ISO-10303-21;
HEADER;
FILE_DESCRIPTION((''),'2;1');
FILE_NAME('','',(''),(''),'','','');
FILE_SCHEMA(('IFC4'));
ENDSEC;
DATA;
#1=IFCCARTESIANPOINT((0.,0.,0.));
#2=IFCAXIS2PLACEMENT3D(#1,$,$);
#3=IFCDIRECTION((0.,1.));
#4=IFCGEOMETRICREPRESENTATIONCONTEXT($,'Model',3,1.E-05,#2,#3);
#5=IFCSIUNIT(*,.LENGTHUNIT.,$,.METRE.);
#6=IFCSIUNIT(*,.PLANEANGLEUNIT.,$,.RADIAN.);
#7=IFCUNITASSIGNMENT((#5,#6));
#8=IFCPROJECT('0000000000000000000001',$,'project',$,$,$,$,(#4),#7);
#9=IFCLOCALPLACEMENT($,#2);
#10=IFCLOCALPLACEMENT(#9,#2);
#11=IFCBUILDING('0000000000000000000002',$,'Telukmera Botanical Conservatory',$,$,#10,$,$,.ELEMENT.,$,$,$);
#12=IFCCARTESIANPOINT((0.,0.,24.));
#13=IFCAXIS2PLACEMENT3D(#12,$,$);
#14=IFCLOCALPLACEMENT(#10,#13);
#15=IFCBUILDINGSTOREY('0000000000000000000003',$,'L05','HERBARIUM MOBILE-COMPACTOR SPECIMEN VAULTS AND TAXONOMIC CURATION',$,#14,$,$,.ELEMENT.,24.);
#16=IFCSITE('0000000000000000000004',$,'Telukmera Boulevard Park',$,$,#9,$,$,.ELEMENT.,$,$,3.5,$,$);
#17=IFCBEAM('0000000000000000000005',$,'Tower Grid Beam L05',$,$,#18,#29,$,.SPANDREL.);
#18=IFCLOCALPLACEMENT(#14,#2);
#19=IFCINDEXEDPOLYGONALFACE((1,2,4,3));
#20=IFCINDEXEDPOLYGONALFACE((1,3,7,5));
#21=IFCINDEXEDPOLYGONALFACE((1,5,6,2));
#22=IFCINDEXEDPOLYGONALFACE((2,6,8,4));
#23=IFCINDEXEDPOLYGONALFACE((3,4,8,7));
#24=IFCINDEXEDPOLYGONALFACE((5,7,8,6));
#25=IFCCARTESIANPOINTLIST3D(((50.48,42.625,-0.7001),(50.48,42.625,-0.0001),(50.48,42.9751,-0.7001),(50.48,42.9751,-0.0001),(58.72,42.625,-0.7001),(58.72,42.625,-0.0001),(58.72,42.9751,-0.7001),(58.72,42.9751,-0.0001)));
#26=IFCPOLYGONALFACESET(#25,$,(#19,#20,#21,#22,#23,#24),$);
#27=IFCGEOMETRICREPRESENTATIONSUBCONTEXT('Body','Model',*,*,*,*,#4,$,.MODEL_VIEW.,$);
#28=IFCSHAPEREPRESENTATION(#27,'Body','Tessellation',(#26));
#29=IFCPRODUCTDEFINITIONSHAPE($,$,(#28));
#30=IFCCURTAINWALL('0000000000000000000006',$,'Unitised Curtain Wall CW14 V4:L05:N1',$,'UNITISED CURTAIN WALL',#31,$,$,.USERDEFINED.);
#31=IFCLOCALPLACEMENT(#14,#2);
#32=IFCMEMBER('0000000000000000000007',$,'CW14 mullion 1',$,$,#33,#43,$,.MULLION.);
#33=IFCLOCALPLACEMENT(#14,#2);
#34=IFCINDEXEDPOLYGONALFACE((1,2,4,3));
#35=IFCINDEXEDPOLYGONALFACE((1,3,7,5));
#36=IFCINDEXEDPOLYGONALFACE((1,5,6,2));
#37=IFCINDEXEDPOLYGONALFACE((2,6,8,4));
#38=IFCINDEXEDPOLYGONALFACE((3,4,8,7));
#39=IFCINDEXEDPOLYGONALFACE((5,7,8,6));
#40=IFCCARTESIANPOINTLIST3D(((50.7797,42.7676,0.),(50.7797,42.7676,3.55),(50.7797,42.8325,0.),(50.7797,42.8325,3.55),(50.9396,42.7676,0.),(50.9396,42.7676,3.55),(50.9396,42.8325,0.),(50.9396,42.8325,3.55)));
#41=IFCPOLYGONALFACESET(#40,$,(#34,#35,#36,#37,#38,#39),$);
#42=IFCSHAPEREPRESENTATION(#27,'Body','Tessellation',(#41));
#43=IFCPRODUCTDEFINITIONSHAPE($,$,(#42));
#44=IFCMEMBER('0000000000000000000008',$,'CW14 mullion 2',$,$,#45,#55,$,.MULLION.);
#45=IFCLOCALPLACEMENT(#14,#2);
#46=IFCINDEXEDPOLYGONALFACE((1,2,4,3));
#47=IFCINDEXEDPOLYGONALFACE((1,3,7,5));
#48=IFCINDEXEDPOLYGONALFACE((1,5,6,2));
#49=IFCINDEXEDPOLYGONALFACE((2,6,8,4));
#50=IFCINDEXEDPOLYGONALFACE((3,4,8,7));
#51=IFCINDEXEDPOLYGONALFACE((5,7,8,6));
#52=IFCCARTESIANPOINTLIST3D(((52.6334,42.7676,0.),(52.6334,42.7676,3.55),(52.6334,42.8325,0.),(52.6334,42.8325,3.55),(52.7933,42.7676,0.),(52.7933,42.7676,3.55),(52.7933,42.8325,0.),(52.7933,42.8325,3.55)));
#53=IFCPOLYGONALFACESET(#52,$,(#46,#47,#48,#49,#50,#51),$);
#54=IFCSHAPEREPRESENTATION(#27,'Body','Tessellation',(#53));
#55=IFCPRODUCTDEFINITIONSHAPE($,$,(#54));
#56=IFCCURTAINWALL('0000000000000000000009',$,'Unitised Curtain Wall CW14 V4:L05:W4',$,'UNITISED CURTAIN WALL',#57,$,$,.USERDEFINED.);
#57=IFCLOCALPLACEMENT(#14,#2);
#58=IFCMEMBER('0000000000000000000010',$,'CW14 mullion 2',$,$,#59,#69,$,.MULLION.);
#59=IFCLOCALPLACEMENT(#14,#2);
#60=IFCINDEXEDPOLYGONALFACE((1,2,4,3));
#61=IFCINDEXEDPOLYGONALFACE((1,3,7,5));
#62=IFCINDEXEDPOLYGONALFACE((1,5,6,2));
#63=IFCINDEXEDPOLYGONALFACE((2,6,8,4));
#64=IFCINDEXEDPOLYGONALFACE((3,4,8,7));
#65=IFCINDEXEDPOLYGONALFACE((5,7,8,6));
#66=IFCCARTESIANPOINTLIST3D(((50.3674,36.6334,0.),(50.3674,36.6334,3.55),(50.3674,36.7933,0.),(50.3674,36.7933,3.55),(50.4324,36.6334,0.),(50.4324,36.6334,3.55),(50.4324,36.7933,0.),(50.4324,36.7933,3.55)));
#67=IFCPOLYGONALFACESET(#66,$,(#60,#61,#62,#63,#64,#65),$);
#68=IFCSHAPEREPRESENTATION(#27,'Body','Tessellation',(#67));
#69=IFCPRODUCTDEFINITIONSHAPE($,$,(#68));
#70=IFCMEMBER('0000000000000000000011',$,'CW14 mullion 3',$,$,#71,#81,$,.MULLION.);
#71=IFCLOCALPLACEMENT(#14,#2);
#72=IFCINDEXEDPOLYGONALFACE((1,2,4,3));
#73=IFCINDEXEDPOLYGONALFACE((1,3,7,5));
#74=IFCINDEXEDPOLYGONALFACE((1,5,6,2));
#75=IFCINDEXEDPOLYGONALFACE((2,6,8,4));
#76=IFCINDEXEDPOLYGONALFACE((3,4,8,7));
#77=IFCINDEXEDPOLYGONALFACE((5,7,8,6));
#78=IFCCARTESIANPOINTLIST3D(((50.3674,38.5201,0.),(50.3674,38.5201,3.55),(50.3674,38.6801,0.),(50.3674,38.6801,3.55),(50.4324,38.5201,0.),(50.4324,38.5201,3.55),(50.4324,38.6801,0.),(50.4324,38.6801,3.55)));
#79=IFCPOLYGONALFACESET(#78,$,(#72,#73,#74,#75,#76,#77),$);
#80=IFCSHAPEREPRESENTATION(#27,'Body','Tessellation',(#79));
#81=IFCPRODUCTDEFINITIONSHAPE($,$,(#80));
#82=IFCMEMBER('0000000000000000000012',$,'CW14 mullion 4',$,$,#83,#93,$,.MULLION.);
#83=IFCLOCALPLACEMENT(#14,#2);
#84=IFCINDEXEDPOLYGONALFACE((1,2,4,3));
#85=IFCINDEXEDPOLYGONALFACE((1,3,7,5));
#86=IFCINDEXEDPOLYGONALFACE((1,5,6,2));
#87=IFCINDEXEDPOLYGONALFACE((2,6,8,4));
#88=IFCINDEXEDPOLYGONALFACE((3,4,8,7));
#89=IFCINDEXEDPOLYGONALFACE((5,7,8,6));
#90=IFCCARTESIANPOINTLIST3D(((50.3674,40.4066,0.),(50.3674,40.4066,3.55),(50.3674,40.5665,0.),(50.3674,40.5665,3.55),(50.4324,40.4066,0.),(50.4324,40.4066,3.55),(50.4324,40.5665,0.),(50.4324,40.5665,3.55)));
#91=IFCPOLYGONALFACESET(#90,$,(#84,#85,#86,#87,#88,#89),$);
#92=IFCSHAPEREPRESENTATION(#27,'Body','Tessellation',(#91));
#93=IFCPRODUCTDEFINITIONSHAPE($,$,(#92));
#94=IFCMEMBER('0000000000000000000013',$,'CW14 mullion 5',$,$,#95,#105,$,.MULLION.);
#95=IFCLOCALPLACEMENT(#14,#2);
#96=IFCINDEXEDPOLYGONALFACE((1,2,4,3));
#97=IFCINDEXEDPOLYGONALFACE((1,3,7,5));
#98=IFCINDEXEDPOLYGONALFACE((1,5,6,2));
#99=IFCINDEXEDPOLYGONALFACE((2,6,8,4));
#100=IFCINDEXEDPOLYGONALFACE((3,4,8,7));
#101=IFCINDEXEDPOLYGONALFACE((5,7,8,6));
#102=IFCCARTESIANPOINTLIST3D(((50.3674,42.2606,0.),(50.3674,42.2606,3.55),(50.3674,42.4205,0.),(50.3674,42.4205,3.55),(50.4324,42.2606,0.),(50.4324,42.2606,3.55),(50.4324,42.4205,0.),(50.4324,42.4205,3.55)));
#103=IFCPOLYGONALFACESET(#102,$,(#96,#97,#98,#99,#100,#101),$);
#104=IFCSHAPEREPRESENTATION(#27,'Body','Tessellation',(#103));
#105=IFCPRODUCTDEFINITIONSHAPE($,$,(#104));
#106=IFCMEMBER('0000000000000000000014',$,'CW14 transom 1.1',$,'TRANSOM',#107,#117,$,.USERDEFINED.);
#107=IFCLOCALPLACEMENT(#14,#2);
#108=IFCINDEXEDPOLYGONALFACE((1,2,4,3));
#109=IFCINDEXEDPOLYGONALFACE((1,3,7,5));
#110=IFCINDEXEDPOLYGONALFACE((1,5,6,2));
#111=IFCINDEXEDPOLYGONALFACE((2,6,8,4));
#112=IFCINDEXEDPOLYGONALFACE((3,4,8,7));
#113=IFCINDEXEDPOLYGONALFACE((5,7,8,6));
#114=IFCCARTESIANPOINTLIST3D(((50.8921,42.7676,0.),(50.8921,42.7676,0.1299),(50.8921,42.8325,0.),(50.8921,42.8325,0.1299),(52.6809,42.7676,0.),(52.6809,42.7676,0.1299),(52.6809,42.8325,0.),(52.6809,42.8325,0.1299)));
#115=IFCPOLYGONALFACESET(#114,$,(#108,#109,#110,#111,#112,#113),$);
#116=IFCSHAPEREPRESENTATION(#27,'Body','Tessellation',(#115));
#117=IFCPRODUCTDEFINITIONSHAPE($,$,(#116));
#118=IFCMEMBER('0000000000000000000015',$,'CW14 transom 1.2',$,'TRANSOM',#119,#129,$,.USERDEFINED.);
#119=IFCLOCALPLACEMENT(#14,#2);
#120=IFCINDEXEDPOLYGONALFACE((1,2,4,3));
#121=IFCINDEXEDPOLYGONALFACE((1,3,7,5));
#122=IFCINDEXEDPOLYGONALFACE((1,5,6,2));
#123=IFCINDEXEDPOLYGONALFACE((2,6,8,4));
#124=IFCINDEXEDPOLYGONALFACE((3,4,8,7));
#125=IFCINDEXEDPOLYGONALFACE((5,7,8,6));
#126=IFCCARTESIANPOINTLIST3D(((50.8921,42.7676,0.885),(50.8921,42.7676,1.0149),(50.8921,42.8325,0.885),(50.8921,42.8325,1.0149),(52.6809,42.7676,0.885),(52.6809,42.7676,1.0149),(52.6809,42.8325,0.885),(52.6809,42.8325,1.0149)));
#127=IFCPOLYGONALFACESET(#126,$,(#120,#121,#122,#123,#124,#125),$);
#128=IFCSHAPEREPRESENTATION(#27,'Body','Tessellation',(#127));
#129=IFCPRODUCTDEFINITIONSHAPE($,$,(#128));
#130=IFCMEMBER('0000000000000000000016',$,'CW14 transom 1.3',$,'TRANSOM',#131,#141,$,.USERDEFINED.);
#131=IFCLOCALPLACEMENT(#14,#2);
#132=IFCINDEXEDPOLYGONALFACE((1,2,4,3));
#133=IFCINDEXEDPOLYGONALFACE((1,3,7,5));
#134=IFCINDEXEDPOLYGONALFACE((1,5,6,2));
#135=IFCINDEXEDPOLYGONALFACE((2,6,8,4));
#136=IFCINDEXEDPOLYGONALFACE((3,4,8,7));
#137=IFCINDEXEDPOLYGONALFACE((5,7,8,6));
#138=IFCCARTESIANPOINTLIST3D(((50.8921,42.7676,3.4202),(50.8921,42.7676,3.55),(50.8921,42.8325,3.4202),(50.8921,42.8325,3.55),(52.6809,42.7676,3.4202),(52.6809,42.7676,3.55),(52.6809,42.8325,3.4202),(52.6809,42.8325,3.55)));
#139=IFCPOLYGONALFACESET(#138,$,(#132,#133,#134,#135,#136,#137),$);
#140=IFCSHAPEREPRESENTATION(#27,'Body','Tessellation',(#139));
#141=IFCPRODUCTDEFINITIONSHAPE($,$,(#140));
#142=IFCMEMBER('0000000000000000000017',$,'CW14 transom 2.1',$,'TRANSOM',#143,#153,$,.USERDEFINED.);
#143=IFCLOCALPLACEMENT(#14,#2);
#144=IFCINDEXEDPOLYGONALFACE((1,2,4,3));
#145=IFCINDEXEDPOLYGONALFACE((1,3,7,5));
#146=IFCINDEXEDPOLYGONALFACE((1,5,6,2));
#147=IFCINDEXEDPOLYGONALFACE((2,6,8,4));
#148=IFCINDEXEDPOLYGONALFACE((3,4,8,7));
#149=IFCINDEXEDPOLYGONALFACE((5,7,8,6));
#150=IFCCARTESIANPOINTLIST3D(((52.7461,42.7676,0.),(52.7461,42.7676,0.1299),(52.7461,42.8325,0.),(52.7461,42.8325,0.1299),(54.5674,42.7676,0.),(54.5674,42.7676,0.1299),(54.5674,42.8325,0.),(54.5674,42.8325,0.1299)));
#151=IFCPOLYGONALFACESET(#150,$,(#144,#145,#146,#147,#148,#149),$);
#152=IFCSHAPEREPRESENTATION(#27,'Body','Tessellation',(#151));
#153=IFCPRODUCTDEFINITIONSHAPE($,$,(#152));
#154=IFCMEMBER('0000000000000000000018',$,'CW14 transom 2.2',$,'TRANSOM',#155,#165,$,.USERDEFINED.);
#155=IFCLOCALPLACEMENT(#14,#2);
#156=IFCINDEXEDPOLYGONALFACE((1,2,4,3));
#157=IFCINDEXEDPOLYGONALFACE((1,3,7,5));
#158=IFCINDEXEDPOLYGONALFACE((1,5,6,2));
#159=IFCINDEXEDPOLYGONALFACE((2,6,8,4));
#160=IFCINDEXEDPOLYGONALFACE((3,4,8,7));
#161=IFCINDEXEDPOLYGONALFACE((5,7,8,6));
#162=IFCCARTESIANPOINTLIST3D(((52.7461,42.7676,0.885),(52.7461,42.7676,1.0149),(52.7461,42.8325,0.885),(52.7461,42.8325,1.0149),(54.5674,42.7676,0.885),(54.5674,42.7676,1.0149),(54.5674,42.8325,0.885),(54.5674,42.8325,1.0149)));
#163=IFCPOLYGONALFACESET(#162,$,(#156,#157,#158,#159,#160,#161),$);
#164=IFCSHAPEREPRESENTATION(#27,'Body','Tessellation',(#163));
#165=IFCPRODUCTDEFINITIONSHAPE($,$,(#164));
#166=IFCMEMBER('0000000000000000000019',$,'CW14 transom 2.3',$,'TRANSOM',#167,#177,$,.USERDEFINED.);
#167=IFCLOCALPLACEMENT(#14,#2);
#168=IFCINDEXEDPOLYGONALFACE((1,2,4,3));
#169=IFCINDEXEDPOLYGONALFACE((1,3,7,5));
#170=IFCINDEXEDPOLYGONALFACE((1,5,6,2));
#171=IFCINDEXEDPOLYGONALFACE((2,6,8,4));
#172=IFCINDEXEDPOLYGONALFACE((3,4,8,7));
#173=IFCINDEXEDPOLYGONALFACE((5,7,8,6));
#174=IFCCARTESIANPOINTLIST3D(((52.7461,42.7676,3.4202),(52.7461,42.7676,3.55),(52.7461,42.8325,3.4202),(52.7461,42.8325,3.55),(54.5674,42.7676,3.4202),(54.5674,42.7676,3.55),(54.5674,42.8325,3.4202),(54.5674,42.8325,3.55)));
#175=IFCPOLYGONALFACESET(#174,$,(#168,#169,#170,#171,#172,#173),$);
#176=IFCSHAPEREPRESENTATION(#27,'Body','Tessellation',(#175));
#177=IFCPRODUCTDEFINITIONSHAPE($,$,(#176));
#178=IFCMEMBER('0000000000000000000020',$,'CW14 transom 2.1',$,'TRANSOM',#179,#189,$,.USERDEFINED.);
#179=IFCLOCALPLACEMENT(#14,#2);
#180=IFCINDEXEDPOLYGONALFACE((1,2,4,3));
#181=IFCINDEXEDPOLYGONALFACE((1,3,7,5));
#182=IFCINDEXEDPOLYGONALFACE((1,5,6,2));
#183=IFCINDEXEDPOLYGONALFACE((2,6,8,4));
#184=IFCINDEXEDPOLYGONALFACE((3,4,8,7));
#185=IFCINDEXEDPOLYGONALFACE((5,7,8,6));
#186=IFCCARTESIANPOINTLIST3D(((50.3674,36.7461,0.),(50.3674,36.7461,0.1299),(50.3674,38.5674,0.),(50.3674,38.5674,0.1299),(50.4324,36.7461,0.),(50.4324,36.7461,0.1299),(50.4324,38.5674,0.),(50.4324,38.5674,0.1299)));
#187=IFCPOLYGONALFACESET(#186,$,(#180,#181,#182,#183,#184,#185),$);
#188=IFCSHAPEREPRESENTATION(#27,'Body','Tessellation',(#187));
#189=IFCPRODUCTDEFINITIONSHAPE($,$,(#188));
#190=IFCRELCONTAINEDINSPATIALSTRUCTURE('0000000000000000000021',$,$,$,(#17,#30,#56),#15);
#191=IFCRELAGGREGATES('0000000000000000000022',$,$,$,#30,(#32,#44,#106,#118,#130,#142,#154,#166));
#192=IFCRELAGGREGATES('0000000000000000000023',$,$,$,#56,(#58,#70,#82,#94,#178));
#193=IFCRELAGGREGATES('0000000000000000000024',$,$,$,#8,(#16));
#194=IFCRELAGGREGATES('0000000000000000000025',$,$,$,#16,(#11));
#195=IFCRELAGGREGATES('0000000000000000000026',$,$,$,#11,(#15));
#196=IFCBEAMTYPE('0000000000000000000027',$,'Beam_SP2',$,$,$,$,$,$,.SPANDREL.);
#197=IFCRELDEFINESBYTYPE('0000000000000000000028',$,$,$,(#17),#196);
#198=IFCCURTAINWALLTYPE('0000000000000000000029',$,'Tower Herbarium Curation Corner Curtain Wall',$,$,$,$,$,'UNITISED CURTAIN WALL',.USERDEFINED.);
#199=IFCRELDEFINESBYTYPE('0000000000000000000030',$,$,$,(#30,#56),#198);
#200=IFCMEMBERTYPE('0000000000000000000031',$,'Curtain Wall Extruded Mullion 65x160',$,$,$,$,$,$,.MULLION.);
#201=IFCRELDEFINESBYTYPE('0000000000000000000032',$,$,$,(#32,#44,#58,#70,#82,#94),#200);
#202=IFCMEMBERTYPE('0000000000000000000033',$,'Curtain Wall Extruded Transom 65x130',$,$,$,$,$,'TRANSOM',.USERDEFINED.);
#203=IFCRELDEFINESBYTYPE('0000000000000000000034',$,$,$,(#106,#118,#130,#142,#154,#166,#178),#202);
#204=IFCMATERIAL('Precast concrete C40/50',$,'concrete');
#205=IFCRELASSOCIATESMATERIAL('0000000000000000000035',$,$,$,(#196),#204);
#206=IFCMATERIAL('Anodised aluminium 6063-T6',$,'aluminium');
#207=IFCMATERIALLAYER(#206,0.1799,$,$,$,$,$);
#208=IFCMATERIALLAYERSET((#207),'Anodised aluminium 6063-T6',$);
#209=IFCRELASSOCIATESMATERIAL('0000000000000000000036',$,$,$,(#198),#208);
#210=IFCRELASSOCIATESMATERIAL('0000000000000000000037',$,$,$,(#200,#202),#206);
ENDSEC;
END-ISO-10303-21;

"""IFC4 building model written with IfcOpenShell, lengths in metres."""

from ifc_helpers import new_model, si_unit, direction, frame, origin, origin_2d, place, context, subcontext, project, spatial, rectangle, extrude, material, layer, layer_set, material_profile, profile_set, type_object, element, aggregate, save


model = new_model("IFC4")

# Units and contexts
model_context = context("Model", 3, precision=1e-05, world=origin(), true_north=direction((0.0, 1.0)))
body_context = subcontext(model_context, "Body", "Model", "MODEL_VIEW")
ifc_project = project(units=[si_unit("LENGTHUNIT", "METRE"), si_unit("PLANEANGLEUNIT", "RADIAN")], contexts=[model_context])

# Site, building, storey
site_placement = place(None, origin())
site = spatial("IfcSite", under=ifc_project, at=site_placement, Name="Telukmera Boulevard Park", CompositionType="ELEMENT", RefElevation=3.5)
building_placement = place(site_placement, origin())
building = spatial("IfcBuilding", under=site, at=building_placement, Name="Telukmera Botanical Conservatory", CompositionType="ELEMENT")
storey_placement = place(building_placement, frame((0.0, 0.0, 24.0)))
storey = spatial("IfcBuildingStorey", under=building, at=storey_placement, Name="L05", Description="HERBARIUM MOBILE-COMPACTOR SPECIMEN VAULTS AND TAXONOMIC CURATION", CompositionType="ELEMENT", Elevation=24.0)

# Beam
ifc_material_1 = material(Name="Precast concrete C40/50", Category="concrete")
ifc_material_profile_1 = material_profile(ifc_material_1, rectangle(XDim=0.3501, YDim=0.7, at=origin_2d()), Name="PC 350x700")
ifc_profile_set_1 = profile_set([ifc_material_profile_1], Name="Precast concrete C40/50")
beam_type = type_object("IfcBeamType", Name="Beam_SP2", PredefinedType="SPANDREL", material=ifc_profile_set_1)
beam_placement = place(storey_placement, frame((50.48, 42.8, -0.3501), z_axis=(1.0, 0.0, 0.0), x_axis=(0.0, 1.0, 0.0)))
element("IfcBeam", 1, at=beam_placement, inside=storey, type_object=beam_type, Name="Tower Grid Beam L05", PredefinedType="SPANDREL", context=body_context, shape_type="SweptSolid", body=[
    extrude(rectangle(XDim=0.3501, YDim=0.7, at=origin_2d()), origin(), (0.0, 0.0, 1.0), 8.24),
])

# Curtain walls, members
ifc_material_2 = material(Name="Anodised aluminium 6063-T6", Category="aluminium")
ifc_layer_1 = layer(ifc_material_2, 0.1799)
ifc_layer_set_1 = layer_set([ifc_layer_1], Name="Anodised aluminium 6063-T6")
curtain_wall_type = type_object("IfcCurtainWallType", Name="Tower Herbarium Curation Corner Curtain Wall", ElementType="UNITISED CURTAIN WALL", PredefinedType="USERDEFINED", material=ifc_layer_set_1)
curtain_wall_1_placement = place(storey_placement, origin())
curtain_wall_1 = element("IfcCurtainWall", 2, at=curtain_wall_1_placement, inside=storey, type_object=curtain_wall_type, Name="Unitised Curtain Wall CW14 V4:L05:N1", ObjectType="UNITISED CURTAIN WALL", PredefinedType="USERDEFINED")
ifc_material_profile_2 = material_profile(ifc_material_2, rectangle(XDim=0.0649, YDim=0.1599, at=origin_2d()), Name="ALU MULL 65x160")
ifc_profile_set_2 = profile_set([ifc_material_profile_2], Name="Anodised aluminium 6063-T6")
member_type_1 = type_object("IfcMemberType", Name="Curtain Wall Extruded Mullion 65x160", PredefinedType="MULLION", material=ifc_profile_set_2)
member_1_placement = place(storey_placement, frame((50.8596, 42.8, 0.0), z_axis=(0.0, 0.0, 1.0), x_axis=(0.0, 1.0, 0.0)))
member_1 = element("IfcMember", 3, at=member_1_placement, type_object=member_type_1, Name="CW14 mullion 1", PredefinedType="MULLION", context=body_context, shape_type="SweptSolid", body=[
    extrude(rectangle(XDim=0.0649, YDim=0.1599, at=origin_2d()), origin(), (0.0, 0.0, 1.0), 3.55),
])
member_2_placement = place(storey_placement, frame((52.7134, 42.8, 0.0), z_axis=(0.0, 0.0, 1.0), x_axis=(0.0, 1.0, 0.0)))
member_2 = element("IfcMember", 4, at=member_2_placement, type_object=member_type_1, Name="CW14 mullion 2", PredefinedType="MULLION", context=body_context, shape_type="SweptSolid", body=[
    extrude(rectangle(XDim=0.0649, YDim=0.1599, at=origin_2d()), origin(), (0.0, 0.0, 1.0), 3.55),
])
curtain_wall_2_placement = place(storey_placement, origin())
curtain_wall_2 = element("IfcCurtainWall", 5, at=curtain_wall_2_placement, inside=storey, type_object=curtain_wall_type, Name="Unitised Curtain Wall CW14 V4:L05:W4", ObjectType="UNITISED CURTAIN WALL", PredefinedType="USERDEFINED")
member_3_placement = place(storey_placement, frame((50.3999, 36.7134, 0.0), z_axis=(0.0, 0.0, 1.0), x_axis=(-1.0, 0.0, 0.0)))
member_3 = element("IfcMember", 6, at=member_3_placement, type_object=member_type_1, Name="CW14 mullion 2", PredefinedType="MULLION", context=body_context, shape_type="SweptSolid", body=[
    extrude(rectangle(XDim=0.0649, YDim=0.1599, at=origin_2d()), origin(), (0.0, 0.0, 1.0), 3.55),
])
member_4_placement = place(storey_placement, frame((50.3999, 38.6001, 0.0), z_axis=(0.0, 0.0, 1.0), x_axis=(-1.0, 0.0, 0.0)))
member_4 = element("IfcMember", 7, at=member_4_placement, type_object=member_type_1, Name="CW14 mullion 3", PredefinedType="MULLION", context=body_context, shape_type="SweptSolid", body=[
    extrude(rectangle(XDim=0.0649, YDim=0.1599, at=origin_2d()), origin(), (0.0, 0.0, 1.0), 3.55),
])
member_5_placement = place(storey_placement, frame((50.3999, 40.4866, 0.0), z_axis=(0.0, 0.0, 1.0), x_axis=(-1.0, 0.0, 0.0)))
member_5 = element("IfcMember", 8, at=member_5_placement, type_object=member_type_1, Name="CW14 mullion 4", PredefinedType="MULLION", context=body_context, shape_type="SweptSolid", body=[
    extrude(rectangle(XDim=0.0649, YDim=0.1599, at=origin_2d()), origin(), (0.0, 0.0, 1.0), 3.55),
])
member_6_placement = place(storey_placement, frame((50.3999, 42.3406, 0.0), z_axis=(0.0, 0.0, 1.0), x_axis=(-1.0, 0.0, 0.0)))
member_6 = element("IfcMember", 9, at=member_6_placement, type_object=member_type_1, Name="CW14 mullion 5", PredefinedType="MULLION", context=body_context, shape_type="SweptSolid", body=[
    extrude(rectangle(XDim=0.0649, YDim=0.1599, at=origin_2d()), origin(), (0.0, 0.0, 1.0), 3.55),
])

# Members
ifc_material_profile_3 = material_profile(ifc_material_2, rectangle(XDim=0.0649, YDim=0.1299, at=origin_2d()), Name="ALU TRAN 65x130")
ifc_profile_set_3 = profile_set([ifc_material_profile_3], Name="Anodised aluminium 6063-T6")
member_type_2 = type_object("IfcMemberType", Name="Curtain Wall Extruded Transom 65x130", ElementType="TRANSOM", PredefinedType="USERDEFINED", material=ifc_profile_set_3)
member_7_placement = place(storey_placement, frame((50.8921, 42.8, 0.0649), z_axis=(1.0, 0.0, 0.0), x_axis=(0.0, 1.0, 0.0)))
member_7 = element("IfcMember", 10, at=member_7_placement, type_object=member_type_2, Name="CW14 transom 1.1", ObjectType="TRANSOM", PredefinedType="USERDEFINED", context=body_context, shape_type="SweptSolid", body=[
    extrude(rectangle(XDim=0.0649, YDim=0.1299, at=origin_2d()), origin(), (0.0, 0.0, 1.0), 1.7888),
])
member_8_placement = place(storey_placement, frame((50.8921, 42.8, 0.95), z_axis=(1.0, 0.0, 0.0), x_axis=(0.0, 1.0, 0.0)))
member_8 = element("IfcMember", 11, at=member_8_placement, type_object=member_type_2, Name="CW14 transom 1.2", ObjectType="TRANSOM", PredefinedType="USERDEFINED", context=body_context, shape_type="SweptSolid", body=[
    extrude(rectangle(XDim=0.0649, YDim=0.1299, at=origin_2d()), origin(), (0.0, 0.0, 1.0), 1.7888),
])
member_9_placement = place(storey_placement, frame((50.8921, 42.8, 3.4851), z_axis=(1.0, 0.0, 0.0), x_axis=(0.0, 1.0, 0.0)))
member_9 = element("IfcMember", 12, at=member_9_placement, type_object=member_type_2, Name="CW14 transom 1.3", ObjectType="TRANSOM", PredefinedType="USERDEFINED", context=body_context, shape_type="SweptSolid", body=[
    extrude(rectangle(XDim=0.0649, YDim=0.1299, at=origin_2d()), origin(), (0.0, 0.0, 1.0), 1.7888),
])
member_10_placement = place(storey_placement, frame((52.7461, 42.8, 0.0649), z_axis=(1.0, 0.0, 0.0), x_axis=(0.0, 1.0, 0.0)))
member_10 = element("IfcMember", 13, at=member_10_placement, type_object=member_type_2, Name="CW14 transom 2.1", ObjectType="TRANSOM", PredefinedType="USERDEFINED", context=body_context, shape_type="SweptSolid", body=[
    extrude(rectangle(XDim=0.0649, YDim=0.1299, at=origin_2d()), origin(), (0.0, 0.0, 1.0), 1.8213),
])
member_11_placement = place(storey_placement, frame((52.7461, 42.8, 0.95), z_axis=(1.0, 0.0, 0.0), x_axis=(0.0, 1.0, 0.0)))
member_11 = element("IfcMember", 14, at=member_11_placement, type_object=member_type_2, Name="CW14 transom 2.2", ObjectType="TRANSOM", PredefinedType="USERDEFINED", context=body_context, shape_type="SweptSolid", body=[
    extrude(rectangle(XDim=0.0649, YDim=0.1299, at=origin_2d()), origin(), (0.0, 0.0, 1.0), 1.8213),
])
member_12_placement = place(storey_placement, frame((52.7461, 42.8, 3.4851), z_axis=(1.0, 0.0, 0.0), x_axis=(0.0, 1.0, 0.0)))
member_12 = element("IfcMember", 15, at=member_12_placement, type_object=member_type_2, Name="CW14 transom 2.3", ObjectType="TRANSOM", PredefinedType="USERDEFINED", context=body_context, shape_type="SweptSolid", body=[
    extrude(rectangle(XDim=0.0649, YDim=0.1299, at=origin_2d()), origin(), (0.0, 0.0, 1.0), 1.8213),
])
member_13_placement = place(storey_placement, frame((50.3999, 36.7461, 0.0649), z_axis=(0.0, 1.0, 0.0), x_axis=(-1.0, 0.0, 0.0)))
member_13 = element("IfcMember", 16, at=member_13_placement, type_object=member_type_2, Name="CW14 transom 2.1", ObjectType="TRANSOM", PredefinedType="USERDEFINED", context=body_context, shape_type="SweptSolid", body=[
    extrude(rectangle(XDim=0.0649, YDim=0.1299, at=origin_2d()), origin(), (0.0, 0.0, 1.0), 1.8213),
])

aggregate(curtain_wall_1, [member_1, member_2, member_7, member_8, member_9, member_10, member_11, member_12])
aggregate(curtain_wall_2, [member_3, member_4, member_5, member_6, member_13])

save(model, "model.ifc")
